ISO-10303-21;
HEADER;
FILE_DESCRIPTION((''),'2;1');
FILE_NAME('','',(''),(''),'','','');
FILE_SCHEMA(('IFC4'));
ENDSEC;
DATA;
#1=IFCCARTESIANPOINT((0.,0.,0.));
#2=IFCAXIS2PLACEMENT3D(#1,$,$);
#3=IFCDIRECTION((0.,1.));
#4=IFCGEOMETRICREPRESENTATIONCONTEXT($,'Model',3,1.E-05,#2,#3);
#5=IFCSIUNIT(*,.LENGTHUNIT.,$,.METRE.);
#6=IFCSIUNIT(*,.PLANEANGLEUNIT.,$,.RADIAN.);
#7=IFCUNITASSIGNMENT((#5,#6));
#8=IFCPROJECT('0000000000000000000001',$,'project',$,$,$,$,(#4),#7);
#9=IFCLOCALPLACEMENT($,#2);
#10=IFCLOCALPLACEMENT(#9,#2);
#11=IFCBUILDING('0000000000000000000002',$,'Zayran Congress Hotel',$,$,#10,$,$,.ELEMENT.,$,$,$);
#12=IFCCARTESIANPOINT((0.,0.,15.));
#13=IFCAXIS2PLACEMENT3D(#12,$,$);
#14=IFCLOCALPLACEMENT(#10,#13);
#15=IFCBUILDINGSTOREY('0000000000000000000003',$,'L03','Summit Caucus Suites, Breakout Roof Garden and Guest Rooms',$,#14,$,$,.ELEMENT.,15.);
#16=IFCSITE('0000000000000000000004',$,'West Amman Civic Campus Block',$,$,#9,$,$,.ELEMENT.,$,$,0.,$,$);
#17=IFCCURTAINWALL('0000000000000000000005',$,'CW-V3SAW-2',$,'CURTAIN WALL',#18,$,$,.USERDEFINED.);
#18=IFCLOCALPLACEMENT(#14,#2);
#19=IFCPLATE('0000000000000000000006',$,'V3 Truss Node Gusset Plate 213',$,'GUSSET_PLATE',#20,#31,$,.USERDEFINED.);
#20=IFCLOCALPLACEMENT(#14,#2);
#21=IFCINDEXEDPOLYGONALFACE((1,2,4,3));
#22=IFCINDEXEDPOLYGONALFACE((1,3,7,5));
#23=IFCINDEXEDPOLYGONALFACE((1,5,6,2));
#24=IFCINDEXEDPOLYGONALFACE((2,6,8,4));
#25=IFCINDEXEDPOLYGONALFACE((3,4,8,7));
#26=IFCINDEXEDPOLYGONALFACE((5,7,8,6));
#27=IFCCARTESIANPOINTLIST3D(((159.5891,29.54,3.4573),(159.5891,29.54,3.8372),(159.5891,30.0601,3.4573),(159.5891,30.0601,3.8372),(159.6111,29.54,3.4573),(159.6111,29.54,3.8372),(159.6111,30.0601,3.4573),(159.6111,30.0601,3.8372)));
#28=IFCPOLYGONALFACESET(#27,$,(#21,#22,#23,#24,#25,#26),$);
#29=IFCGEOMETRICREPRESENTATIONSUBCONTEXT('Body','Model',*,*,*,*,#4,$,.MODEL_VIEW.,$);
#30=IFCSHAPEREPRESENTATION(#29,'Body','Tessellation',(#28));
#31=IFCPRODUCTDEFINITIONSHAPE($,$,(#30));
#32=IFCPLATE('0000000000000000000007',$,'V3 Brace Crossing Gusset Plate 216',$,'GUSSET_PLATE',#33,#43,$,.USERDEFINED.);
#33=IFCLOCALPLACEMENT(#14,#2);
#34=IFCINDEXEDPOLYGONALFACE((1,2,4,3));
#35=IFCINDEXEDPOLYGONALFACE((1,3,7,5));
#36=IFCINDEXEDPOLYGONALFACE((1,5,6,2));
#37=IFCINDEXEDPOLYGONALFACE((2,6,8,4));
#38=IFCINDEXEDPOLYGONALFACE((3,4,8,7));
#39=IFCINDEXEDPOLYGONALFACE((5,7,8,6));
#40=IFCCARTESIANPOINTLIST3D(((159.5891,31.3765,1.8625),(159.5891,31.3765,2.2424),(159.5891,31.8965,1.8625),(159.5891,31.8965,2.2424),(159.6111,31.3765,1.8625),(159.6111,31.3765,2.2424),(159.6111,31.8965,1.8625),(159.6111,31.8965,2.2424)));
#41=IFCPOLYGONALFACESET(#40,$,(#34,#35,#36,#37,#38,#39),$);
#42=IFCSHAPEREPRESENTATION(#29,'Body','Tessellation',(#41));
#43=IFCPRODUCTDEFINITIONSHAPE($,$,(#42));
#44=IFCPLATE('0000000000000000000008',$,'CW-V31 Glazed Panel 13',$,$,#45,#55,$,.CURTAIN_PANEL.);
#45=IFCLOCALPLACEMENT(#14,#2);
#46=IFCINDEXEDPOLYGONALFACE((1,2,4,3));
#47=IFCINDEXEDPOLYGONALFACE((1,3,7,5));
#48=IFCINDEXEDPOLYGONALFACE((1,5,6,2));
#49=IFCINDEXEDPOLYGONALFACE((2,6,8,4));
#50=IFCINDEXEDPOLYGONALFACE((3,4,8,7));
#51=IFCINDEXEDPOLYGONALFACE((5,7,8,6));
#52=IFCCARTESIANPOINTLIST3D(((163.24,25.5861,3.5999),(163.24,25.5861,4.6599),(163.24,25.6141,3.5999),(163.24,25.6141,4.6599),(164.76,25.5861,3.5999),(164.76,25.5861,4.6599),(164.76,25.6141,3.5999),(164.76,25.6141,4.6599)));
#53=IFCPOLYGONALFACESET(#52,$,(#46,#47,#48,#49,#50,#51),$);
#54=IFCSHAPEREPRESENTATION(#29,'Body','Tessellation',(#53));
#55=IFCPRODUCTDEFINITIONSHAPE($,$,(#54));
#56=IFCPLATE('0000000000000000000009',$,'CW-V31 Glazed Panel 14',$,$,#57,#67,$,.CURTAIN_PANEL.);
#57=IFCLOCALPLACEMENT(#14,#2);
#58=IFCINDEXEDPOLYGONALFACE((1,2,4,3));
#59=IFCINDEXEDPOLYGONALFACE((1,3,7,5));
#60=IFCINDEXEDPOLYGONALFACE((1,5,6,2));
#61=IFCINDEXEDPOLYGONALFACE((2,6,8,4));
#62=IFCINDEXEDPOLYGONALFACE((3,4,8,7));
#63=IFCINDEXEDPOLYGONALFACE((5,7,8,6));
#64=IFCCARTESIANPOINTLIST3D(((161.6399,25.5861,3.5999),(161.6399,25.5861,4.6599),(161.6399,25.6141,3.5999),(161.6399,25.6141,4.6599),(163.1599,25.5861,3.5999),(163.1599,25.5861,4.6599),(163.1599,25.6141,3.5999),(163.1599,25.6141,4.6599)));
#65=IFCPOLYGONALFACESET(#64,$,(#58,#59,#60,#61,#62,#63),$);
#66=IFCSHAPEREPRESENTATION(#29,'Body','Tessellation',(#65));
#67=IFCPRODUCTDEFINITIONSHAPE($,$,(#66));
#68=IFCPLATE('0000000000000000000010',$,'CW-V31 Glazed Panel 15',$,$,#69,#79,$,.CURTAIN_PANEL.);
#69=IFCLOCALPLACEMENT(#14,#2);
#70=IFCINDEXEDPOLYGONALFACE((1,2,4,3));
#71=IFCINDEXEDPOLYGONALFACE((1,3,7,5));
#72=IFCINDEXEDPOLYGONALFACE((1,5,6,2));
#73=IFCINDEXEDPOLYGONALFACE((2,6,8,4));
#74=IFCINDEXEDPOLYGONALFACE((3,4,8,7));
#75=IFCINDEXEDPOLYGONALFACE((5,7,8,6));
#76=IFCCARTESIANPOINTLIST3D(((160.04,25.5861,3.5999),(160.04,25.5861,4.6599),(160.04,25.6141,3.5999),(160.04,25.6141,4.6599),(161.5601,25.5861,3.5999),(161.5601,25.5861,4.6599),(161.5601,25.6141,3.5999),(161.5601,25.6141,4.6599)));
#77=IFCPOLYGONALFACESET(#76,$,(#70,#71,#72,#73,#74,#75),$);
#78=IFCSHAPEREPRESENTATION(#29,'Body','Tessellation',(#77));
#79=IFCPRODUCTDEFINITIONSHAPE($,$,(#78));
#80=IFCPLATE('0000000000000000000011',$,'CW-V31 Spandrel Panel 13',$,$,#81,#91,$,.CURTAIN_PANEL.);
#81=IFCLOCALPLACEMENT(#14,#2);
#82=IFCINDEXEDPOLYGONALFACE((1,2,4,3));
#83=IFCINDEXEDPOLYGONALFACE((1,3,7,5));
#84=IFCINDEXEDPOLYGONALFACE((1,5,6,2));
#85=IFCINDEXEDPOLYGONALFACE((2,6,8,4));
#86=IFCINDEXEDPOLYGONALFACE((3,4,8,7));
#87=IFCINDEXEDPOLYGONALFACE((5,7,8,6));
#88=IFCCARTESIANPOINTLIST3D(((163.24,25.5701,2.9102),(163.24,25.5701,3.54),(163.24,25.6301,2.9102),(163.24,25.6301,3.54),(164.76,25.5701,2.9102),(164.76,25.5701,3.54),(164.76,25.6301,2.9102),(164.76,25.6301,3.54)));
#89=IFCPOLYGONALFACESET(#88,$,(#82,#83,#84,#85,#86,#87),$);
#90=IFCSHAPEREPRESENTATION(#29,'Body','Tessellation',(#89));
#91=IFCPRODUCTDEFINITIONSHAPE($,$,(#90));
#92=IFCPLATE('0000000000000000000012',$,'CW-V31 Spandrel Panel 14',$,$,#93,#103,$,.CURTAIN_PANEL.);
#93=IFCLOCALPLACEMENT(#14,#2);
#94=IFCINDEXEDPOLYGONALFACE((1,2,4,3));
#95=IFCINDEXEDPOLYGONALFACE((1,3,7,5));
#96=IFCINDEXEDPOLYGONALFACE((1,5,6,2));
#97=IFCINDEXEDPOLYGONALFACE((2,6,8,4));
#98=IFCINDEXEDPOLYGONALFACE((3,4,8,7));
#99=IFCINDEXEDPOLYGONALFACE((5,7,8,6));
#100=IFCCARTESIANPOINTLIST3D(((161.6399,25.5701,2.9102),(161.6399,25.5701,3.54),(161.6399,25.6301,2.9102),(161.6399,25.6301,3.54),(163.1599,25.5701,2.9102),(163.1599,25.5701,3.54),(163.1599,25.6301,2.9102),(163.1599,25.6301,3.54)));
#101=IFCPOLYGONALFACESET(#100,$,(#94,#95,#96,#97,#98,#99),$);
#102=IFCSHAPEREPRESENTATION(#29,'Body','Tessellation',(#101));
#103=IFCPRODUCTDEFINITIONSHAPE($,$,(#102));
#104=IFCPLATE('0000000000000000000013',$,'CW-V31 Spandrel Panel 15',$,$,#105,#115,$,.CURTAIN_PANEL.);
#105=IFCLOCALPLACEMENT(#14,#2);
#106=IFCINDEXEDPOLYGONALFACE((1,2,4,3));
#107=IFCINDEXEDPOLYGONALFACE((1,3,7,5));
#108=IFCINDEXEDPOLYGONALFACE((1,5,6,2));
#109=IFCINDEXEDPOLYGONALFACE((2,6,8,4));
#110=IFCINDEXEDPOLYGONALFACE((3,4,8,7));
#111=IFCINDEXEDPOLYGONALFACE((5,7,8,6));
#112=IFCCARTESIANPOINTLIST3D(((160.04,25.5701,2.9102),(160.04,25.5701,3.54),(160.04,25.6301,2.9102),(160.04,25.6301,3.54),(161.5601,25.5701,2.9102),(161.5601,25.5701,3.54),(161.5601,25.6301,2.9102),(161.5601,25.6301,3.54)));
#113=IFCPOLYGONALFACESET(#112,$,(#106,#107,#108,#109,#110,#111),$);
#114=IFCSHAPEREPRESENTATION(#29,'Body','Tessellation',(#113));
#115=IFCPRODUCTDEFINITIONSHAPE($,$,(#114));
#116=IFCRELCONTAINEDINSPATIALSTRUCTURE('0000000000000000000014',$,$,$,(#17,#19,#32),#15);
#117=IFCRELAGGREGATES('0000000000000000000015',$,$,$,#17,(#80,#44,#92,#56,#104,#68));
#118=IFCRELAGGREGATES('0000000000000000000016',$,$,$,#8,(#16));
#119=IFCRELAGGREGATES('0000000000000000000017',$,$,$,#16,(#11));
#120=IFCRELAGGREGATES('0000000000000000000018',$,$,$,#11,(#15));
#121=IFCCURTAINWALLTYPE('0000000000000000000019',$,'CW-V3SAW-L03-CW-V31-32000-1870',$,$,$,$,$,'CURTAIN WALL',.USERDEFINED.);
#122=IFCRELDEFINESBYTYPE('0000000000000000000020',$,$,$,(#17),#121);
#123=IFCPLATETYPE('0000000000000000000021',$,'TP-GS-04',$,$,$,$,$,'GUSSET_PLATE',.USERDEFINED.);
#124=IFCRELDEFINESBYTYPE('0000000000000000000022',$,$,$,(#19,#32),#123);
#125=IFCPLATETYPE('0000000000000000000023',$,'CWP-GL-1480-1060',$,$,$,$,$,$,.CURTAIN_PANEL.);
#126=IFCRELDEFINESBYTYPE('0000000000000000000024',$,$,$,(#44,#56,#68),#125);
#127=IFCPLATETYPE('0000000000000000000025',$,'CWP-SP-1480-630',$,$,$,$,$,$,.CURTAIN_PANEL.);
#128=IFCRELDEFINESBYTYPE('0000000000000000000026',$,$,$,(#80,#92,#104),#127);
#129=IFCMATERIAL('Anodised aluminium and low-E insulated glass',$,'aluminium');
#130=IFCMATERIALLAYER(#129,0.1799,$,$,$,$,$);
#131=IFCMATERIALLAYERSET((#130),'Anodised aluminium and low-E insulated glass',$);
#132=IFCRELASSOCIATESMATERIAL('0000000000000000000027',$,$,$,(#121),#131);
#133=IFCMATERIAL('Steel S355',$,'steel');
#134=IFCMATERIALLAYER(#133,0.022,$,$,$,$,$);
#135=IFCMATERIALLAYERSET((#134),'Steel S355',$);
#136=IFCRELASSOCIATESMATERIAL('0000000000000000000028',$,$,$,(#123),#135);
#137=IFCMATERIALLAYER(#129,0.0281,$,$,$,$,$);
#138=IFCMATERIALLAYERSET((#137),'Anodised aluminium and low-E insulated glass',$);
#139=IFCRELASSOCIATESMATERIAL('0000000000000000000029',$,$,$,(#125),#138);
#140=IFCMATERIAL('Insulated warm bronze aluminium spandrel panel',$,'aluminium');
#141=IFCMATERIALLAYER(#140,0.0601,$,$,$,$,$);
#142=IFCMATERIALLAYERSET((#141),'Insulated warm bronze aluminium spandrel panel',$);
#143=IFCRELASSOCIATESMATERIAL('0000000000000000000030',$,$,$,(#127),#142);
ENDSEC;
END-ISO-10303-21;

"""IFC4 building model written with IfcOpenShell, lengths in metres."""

from ifc_helpers import new_model, si_unit, direction, frame, origin, origin_2d, place, context, subcontext, project, spatial, rectangle, extrude, material, layer, layer_set, type_object, element, aggregate, save


model = new_model("IFC4")

# Units and contexts
model_context = context("Model", 3, precision=1e-05, world=origin(), true_north=direction((0.0, 1.0)))
body_context = subcontext(model_context, "Body", "Model", "MODEL_VIEW")
ifc_project = project(units=[si_unit("LENGTHUNIT", "METRE"), si_unit("PLANEANGLEUNIT", "RADIAN")], contexts=[model_context])

# Site, building, storey
site_placement = place(None, origin())
site = spatial("IfcSite", under=ifc_project, at=site_placement, Name="West Amman Civic Campus Block", CompositionType="ELEMENT", RefElevation=0.0)
building_placement = place(site_placement, origin())
building = spatial("IfcBuilding", under=site, at=building_placement, Name="Zayran Congress Hotel", CompositionType="ELEMENT")
storey_placement = place(building_placement, frame((0.0, 0.0, 15.0)))
storey = spatial("IfcBuildingStorey", under=building, at=storey_placement, Name="L03", Description="Summit Caucus Suites, Breakout Roof Garden and Guest Rooms", CompositionType="ELEMENT", Elevation=15.0)

# Shared definitions
ifc_material_1 = material(Name="Steel S355", Category="steel")

# Curtain wall
ifc_material_2 = material(Name="Anodised aluminium and low-E insulated glass", Category="aluminium")
ifc_layer_1 = layer(ifc_material_2, 0.1799)
ifc_layer_set_1 = layer_set([ifc_layer_1], Name="Anodised aluminium and low-E insulated glass")
curtain_wall_type = type_object("IfcCurtainWallType", Name="CW-V3SAW-L03-CW-V31-32000-1870", ElementType="CURTAIN WALL", PredefinedType="USERDEFINED", material=ifc_layer_set_1)
curtain_wall_placement = place(storey_placement, origin())
curtain_wall = element("IfcCurtainWall", 1, at=curtain_wall_placement, inside=storey, type_object=curtain_wall_type, Name="CW-V3SAW-2", ObjectType="CURTAIN WALL", PredefinedType="USERDEFINED")

# Plates
ifc_layer_2 = layer(ifc_material_1, 0.022)
ifc_layer_set_2 = layer_set([ifc_layer_2], Name="Steel S355")
plate_type_1 = type_object("IfcPlateType", Name="TP-GS-04", ElementType="GUSSET_PLATE", PredefinedType="USERDEFINED", material=ifc_layer_set_2)
for number, where, z_axis, x_axis, name in (
    (2, (159.6001, 29.8, 3.4573), (0.0, 0.0, 1.0), (0.0, 1.0, 0.0), "V3 Truss Node Gusset Plate 213"),
    (3, (159.6001, 31.6365, 1.8625), (0.0, 0.0, 1.0), (0.0, 1.0, 0.0), "V3 Brace Crossing Gusset Plate 216"),
):
    element("IfcPlate", number, at=place(storey_placement, frame(where, z_axis=z_axis, x_axis=x_axis)), inside=storey, type_object=plate_type_1, Name=name, ObjectType="GUSSET_PLATE", PredefinedType="USERDEFINED", context=body_context, shape_type="SweptSolid", body=[
        extrude(rectangle(XDim=0.52, YDim=0.022, at=origin_2d()), origin(), (0.0, 0.0, 1.0), 0.3799),
    ])

# Plates
ifc_layer_3 = layer(ifc_material_2, 0.0281)
ifc_layer_set_3 = layer_set([ifc_layer_3], Name="Anodised aluminium and low-E insulated glass")
plate_type_2 = type_object("IfcPlateType", Name="CWP-GL-1480-1060", PredefinedType="CURTAIN_PANEL", material=ifc_layer_set_3)
plate_1_placement = place(storey_placement, frame((164.0, 25.6001, 3.5999), z_axis=(0.0, 0.0, 1.0), x_axis=(1.0, 0.0, 0.0)))
plate_1 = element("IfcPlate", 4, at=plate_1_placement, type_object=plate_type_2, Name="CW-V31 Glazed Panel 13", PredefinedType="CURTAIN_PANEL", context=body_context, shape_type="SweptSolid", body=[
    extrude(rectangle(XDim=1.52, YDim=0.0281, at=origin_2d()), origin(), (0.0, 0.0, 1.0), 1.0601),
])
plate_2_placement = place(storey_placement, frame((162.3999, 25.6001, 3.5999), z_axis=(0.0, 0.0, 1.0), x_axis=(1.0, 0.0, 0.0)))
plate_2 = element("IfcPlate", 5, at=plate_2_placement, type_object=plate_type_2, Name="CW-V31 Glazed Panel 14", PredefinedType="CURTAIN_PANEL", context=body_context, shape_type="SweptSolid", body=[
    extrude(rectangle(XDim=1.52, YDim=0.0281, at=origin_2d()), origin(), (0.0, 0.0, 1.0), 1.0601),
])
plate_3_placement = place(storey_placement, frame((160.8, 25.6001, 3.5999), z_axis=(0.0, 0.0, 1.0), x_axis=(1.0, 0.0, 0.0)))
plate_3 = element("IfcPlate", 6, at=plate_3_placement, type_object=plate_type_2, Name="CW-V31 Glazed Panel 15", PredefinedType="CURTAIN_PANEL", context=body_context, shape_type="SweptSolid", body=[
    extrude(rectangle(XDim=1.52, YDim=0.0281, at=origin_2d()), origin(), (0.0, 0.0, 1.0), 1.0601),
])
ifc_material_3 = material(Name="Insulated warm bronze aluminium spandrel panel", Category="aluminium")
ifc_layer_4 = layer(ifc_material_3, 0.0601)
ifc_layer_set_4 = layer_set([ifc_layer_4], Name="Insulated warm bronze aluminium spandrel panel")
plate_type_3 = type_object("IfcPlateType", Name="CWP-SP-1480-630", PredefinedType="CURTAIN_PANEL", material=ifc_layer_set_4)
plate_4_placement = place(storey_placement, frame((164.0, 25.6001, 2.9102), z_axis=(0.0, 0.0, 1.0), x_axis=(1.0, 0.0, 0.0)))
plate_4 = element("IfcPlate", 7, at=plate_4_placement, type_object=plate_type_3, Name="CW-V31 Spandrel Panel 13", PredefinedType="CURTAIN_PANEL", context=body_context, shape_type="SweptSolid", body=[
    extrude(rectangle(XDim=1.52, YDim=0.0601, at=origin_2d()), origin(), (0.0, 0.0, 1.0), 0.6299),
])
plate_5_placement = place(storey_placement, frame((162.3999, 25.6001, 2.9102), z_axis=(0.0, 0.0, 1.0), x_axis=(1.0, 0.0, 0.0)))
plate_5 = element("IfcPlate", 8, at=plate_5_placement, type_object=plate_type_3, Name="CW-V31 Spandrel Panel 14", PredefinedType="CURTAIN_PANEL", context=body_context, shape_type="SweptSolid", body=[
    extrude(rectangle(XDim=1.52, YDim=0.0601, at=origin_2d()), origin(), (0.0, 0.0, 1.0), 0.6299),
])
plate_6_placement = place(storey_placement, frame((160.8, 25.6001, 2.9102), z_axis=(0.0, 0.0, 1.0), x_axis=(1.0, 0.0, 0.0)))
plate_6 = element("IfcPlate", 9, at=plate_6_placement, type_object=plate_type_3, Name="CW-V31 Spandrel Panel 15", PredefinedType="CURTAIN_PANEL", context=body_context, shape_type="SweptSolid", body=[
    extrude(rectangle(XDim=1.52, YDim=0.0601, at=origin_2d()), origin(), (0.0, 0.0, 1.0), 0.6299),
])
aggregate(curtain_wall, [plate_4, plate_1, plate_5, plate_2, plate_6, plate_3])

save(model, "model.ifc")
